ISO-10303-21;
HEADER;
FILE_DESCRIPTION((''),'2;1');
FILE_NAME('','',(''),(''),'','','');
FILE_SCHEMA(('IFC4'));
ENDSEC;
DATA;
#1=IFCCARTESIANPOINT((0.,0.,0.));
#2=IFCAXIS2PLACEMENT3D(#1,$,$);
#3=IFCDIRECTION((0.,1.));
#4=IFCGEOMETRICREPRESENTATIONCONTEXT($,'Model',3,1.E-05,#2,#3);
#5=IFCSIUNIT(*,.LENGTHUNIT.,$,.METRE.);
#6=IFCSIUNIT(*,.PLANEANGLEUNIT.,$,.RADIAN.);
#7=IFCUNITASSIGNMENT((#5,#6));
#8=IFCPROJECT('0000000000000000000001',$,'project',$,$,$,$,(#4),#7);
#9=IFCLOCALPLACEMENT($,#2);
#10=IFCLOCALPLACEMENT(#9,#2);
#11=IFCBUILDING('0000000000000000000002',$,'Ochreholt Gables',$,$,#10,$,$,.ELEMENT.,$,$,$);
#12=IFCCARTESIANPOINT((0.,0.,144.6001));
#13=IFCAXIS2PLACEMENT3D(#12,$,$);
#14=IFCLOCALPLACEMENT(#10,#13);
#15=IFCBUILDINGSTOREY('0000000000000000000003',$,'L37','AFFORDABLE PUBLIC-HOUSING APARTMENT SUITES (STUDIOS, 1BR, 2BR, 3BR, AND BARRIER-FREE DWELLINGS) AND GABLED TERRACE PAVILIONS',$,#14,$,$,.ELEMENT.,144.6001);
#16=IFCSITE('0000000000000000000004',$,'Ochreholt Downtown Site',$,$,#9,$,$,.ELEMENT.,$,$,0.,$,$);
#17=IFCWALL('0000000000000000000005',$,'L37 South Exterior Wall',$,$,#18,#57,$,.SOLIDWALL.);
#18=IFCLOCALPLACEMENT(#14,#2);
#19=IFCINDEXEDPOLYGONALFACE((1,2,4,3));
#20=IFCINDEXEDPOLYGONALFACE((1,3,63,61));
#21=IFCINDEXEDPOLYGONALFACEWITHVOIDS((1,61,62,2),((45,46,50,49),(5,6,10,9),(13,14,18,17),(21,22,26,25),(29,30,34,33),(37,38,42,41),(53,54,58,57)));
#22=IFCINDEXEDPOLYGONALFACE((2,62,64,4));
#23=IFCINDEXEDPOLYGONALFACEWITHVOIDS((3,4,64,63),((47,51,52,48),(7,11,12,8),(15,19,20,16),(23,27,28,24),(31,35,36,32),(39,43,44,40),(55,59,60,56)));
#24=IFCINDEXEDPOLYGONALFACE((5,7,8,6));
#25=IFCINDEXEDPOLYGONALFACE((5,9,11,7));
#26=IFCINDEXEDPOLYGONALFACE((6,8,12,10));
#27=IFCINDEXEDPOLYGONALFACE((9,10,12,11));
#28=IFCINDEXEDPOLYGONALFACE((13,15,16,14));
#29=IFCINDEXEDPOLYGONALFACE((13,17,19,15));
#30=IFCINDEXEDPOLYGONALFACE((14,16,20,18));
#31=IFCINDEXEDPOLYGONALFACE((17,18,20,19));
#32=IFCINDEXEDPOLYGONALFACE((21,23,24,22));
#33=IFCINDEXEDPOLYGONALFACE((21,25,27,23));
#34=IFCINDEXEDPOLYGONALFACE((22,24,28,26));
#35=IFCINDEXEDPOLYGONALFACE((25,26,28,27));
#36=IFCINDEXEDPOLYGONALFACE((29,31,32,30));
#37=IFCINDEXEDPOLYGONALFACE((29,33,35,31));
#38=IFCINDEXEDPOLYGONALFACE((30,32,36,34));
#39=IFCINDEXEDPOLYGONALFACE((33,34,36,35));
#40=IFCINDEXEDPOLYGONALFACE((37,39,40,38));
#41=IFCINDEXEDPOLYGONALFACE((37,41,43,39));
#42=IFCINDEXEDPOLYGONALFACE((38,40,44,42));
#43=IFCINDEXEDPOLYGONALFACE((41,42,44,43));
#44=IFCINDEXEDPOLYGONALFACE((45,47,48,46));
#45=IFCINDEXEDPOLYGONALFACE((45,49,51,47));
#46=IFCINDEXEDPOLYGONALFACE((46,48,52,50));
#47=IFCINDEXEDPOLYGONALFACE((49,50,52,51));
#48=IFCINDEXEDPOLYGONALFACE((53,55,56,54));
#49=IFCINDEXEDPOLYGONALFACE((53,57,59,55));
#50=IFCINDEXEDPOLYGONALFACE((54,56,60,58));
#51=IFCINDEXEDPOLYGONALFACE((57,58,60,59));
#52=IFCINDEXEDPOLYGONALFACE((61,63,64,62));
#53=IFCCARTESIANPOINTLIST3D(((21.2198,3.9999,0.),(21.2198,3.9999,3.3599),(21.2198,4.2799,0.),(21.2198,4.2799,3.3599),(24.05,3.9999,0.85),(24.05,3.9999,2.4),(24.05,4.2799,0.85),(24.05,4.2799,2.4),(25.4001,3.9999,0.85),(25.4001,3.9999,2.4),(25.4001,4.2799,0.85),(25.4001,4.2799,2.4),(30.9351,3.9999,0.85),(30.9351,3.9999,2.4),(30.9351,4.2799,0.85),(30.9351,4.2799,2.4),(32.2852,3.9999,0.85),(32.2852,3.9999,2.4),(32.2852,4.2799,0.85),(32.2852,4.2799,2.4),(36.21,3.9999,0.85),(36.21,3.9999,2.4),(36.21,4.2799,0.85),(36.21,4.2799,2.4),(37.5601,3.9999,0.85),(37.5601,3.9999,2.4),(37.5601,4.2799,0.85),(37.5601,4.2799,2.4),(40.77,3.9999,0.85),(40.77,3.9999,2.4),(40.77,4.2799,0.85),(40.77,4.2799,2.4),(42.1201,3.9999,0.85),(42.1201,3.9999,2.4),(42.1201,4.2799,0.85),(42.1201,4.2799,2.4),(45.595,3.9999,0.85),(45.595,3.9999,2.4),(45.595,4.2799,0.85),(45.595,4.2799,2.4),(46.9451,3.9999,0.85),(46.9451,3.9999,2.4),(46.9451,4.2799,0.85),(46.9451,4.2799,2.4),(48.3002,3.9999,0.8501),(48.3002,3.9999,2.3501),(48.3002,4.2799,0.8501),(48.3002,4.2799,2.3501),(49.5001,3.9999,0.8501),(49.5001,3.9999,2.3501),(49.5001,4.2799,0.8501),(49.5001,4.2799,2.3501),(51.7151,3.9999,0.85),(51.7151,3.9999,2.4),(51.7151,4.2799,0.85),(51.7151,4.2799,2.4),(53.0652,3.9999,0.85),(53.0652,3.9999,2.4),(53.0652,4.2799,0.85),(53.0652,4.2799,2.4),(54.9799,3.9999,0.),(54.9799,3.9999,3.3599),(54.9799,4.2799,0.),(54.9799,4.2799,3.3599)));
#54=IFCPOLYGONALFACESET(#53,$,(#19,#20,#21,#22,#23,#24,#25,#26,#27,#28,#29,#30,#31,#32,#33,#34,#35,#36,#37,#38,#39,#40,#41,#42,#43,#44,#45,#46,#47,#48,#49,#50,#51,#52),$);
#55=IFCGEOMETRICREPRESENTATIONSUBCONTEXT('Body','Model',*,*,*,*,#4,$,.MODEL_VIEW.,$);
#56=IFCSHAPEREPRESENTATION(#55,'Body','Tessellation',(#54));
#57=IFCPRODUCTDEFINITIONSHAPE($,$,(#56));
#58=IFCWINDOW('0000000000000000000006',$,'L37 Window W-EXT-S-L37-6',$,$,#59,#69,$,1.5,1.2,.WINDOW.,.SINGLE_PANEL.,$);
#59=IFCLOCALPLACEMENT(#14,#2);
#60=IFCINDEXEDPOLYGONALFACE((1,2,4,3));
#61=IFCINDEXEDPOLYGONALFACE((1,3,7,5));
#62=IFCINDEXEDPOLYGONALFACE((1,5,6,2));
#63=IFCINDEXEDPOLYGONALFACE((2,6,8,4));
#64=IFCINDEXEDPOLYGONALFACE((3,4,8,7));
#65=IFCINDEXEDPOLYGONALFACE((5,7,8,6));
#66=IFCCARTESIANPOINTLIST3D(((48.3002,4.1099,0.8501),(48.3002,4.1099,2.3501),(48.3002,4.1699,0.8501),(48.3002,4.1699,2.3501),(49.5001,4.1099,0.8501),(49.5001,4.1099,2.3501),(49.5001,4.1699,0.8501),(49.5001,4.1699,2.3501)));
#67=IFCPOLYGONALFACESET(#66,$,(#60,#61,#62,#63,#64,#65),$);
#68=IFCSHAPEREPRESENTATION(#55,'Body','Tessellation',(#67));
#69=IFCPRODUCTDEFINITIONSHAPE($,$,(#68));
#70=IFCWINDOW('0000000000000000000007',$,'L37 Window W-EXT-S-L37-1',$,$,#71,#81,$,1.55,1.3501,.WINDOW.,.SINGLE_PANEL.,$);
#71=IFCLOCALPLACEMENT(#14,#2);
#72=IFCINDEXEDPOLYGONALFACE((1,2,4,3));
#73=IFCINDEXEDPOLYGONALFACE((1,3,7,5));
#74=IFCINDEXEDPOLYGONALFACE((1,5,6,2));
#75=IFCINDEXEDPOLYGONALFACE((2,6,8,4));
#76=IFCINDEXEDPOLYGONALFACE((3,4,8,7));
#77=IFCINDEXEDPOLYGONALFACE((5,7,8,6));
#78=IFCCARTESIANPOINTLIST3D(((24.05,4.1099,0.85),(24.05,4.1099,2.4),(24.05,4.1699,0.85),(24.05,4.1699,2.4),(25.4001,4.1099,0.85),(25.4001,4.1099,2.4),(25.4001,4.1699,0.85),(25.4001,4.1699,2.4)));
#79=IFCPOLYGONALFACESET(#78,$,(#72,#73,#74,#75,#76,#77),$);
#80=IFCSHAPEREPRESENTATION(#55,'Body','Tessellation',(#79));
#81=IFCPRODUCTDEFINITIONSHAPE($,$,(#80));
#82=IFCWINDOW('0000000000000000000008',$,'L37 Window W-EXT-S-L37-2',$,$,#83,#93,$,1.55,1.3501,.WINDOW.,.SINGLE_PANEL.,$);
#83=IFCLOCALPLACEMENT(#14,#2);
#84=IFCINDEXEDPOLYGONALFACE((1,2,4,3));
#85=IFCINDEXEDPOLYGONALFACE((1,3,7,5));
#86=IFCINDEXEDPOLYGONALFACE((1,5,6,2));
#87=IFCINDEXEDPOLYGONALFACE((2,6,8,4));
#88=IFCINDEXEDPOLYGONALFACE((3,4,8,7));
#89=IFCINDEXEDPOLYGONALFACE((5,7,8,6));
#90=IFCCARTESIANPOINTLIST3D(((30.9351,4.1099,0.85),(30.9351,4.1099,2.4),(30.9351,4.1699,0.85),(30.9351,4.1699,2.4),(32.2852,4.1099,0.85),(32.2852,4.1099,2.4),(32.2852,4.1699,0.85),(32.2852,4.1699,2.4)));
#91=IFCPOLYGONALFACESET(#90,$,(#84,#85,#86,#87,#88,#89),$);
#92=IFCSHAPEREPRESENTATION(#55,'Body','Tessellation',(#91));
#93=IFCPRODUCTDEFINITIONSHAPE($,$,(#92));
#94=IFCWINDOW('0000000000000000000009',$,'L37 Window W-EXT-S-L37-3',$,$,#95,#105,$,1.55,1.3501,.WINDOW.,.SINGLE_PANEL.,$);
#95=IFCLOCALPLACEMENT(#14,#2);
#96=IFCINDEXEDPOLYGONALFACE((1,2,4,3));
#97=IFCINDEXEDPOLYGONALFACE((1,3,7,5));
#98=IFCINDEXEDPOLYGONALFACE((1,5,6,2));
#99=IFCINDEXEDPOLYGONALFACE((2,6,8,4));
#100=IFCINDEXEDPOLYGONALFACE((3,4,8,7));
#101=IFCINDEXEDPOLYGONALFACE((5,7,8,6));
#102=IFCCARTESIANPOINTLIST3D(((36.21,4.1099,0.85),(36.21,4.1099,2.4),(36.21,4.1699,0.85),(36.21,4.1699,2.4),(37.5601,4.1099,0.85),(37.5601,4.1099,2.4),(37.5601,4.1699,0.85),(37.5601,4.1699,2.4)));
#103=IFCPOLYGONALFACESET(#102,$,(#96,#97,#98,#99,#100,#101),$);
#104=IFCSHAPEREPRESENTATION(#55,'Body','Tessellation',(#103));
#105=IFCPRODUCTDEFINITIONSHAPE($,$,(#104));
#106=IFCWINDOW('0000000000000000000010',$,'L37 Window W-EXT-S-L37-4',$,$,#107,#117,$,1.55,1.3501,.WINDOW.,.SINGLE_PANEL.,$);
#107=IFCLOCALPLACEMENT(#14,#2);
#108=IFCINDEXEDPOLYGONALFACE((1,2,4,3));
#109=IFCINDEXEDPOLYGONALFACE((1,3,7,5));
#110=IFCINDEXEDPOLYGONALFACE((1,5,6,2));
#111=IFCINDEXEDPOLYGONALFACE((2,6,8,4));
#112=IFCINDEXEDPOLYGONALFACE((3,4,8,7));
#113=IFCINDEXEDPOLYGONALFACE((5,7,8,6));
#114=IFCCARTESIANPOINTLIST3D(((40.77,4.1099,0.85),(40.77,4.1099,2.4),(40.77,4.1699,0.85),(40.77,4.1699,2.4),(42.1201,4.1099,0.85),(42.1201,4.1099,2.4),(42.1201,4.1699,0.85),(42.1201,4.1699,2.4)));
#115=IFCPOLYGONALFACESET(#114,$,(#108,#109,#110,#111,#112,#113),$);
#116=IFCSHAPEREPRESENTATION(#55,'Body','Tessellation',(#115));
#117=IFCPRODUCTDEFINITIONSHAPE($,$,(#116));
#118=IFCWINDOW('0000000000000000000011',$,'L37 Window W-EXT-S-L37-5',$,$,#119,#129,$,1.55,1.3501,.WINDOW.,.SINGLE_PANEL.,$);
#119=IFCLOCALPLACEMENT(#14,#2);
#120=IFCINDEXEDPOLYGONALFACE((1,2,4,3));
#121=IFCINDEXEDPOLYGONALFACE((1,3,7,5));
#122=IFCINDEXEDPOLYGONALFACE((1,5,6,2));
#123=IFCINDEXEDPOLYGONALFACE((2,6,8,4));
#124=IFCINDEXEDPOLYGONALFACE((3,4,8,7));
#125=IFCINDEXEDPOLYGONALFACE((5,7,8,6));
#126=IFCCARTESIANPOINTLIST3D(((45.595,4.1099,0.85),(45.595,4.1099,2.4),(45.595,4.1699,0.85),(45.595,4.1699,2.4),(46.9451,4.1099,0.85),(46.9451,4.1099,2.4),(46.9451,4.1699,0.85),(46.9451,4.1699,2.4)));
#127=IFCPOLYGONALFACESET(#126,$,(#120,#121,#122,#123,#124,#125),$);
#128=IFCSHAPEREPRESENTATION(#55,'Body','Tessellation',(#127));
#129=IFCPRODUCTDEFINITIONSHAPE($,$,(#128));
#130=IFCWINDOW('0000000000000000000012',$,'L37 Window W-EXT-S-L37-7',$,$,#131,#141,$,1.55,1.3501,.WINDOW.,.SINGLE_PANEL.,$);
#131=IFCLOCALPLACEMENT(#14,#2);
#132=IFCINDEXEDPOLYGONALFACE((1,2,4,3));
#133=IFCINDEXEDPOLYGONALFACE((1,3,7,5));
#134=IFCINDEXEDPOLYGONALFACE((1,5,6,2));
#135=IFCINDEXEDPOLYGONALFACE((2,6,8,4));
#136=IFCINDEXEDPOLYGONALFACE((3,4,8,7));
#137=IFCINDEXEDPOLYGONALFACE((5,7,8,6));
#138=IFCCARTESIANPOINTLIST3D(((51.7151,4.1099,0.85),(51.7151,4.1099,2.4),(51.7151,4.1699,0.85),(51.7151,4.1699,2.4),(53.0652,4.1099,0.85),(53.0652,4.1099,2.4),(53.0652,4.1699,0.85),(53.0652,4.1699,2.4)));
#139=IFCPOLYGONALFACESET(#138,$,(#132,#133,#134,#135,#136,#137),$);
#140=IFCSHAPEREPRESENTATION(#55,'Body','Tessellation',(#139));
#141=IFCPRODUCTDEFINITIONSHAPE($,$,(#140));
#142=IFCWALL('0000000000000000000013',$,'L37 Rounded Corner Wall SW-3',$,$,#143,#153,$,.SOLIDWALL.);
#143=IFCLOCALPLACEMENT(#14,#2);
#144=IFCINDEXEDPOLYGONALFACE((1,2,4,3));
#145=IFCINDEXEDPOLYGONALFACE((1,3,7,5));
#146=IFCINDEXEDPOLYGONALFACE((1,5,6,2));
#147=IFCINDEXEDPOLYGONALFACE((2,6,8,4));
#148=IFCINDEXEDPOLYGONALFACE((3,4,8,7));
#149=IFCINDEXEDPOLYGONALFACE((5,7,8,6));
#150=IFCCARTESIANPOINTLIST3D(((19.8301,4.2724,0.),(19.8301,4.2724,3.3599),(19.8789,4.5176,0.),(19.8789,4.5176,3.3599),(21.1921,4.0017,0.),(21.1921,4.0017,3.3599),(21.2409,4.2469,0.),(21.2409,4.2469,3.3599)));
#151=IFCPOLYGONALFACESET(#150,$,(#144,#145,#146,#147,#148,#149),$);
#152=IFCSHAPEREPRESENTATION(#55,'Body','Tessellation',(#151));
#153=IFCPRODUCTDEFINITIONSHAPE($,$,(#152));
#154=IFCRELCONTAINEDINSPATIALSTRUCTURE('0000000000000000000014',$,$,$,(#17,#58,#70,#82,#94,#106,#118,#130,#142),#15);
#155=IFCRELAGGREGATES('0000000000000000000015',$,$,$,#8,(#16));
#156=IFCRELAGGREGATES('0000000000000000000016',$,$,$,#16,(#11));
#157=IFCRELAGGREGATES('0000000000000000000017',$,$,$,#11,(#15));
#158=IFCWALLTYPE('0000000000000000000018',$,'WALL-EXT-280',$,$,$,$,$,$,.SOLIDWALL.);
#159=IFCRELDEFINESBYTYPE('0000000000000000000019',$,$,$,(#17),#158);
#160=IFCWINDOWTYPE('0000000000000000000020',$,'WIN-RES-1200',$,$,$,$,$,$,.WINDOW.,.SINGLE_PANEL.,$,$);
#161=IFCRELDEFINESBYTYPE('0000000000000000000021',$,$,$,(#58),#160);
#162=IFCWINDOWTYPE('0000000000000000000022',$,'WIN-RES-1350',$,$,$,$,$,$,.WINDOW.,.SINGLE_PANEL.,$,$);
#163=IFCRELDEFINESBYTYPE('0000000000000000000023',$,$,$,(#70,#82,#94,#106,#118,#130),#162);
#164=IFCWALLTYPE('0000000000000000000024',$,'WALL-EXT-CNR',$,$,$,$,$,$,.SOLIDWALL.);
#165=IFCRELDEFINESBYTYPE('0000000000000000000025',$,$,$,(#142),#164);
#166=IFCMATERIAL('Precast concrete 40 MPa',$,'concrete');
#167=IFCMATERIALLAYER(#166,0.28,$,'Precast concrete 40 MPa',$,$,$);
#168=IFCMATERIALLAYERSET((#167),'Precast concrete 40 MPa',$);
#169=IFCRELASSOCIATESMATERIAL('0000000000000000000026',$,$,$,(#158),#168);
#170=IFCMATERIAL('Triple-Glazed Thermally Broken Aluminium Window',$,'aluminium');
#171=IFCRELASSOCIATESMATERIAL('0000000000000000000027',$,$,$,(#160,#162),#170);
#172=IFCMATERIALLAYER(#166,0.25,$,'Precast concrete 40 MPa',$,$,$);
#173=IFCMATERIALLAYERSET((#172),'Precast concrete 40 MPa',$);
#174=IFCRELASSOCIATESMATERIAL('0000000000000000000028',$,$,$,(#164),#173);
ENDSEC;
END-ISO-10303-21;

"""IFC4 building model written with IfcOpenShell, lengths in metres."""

from ifc_helpers import new_model, si_unit, direction, frame, frame_2d, origin, place, context, subcontext, project, spatial, rectangle, extrude, material, layer, layer_set, type_object, element, fill, save


model = new_model("IFC4")

# Units and contexts
model_context = context("Model", 3, precision=1e-05, world=origin(), true_north=direction((0.0, 1.0)))
body_context = subcontext(model_context, "Body", "Model", "MODEL_VIEW")
ifc_project = project(units=[si_unit("LENGTHUNIT", "METRE"), si_unit("PLANEANGLEUNIT", "RADIAN")], contexts=[model_context])

# Site, building, storey
site_placement = place(None, origin())
site = spatial("IfcSite", under=ifc_project, at=site_placement, Name="Ochreholt Downtown Site", CompositionType="ELEMENT", RefElevation=0.0)
building_placement = place(site_placement, origin())
building = spatial("IfcBuilding", under=site, at=building_placement, Name="Ochreholt Gables", CompositionType="ELEMENT")
storey_placement = place(building_placement, frame((0.0, 0.0, 144.6001)))
storey = spatial("IfcBuildingStorey", under=building, at=storey_placement, Name="L37", Description="AFFORDABLE PUBLIC-HOUSING APARTMENT SUITES (STUDIOS, 1BR, 2BR, 3BR, AND BARRIER-FREE DWELLINGS) AND GABLED TERRACE PAVILIONS", CompositionType="ELEMENT", Elevation=144.6001)

# Wall, openings, windows
ifc_material_1 = material(Name="Precast concrete 40 MPa", Category="concrete")
ifc_layer_1 = layer(ifc_material_1, 0.28, Name="Precast concrete 40 MPa")
ifc_layer_set_1 = layer_set([ifc_layer_1], Name="Precast concrete 40 MPa")
wall_type_1 = type_object("IfcWallType", Name="WALL-EXT-280", PredefinedType="SOLIDWALL", material=ifc_layer_set_1)
wall_1_placement = place(storey_placement, frame((21.22, 4.1399, 0.0), z_axis=(0.0, 0.0, 1.0), x_axis=(1.0, 0.0, 0.0)))
wall_1 = element("IfcWall", 1, at=wall_1_placement, inside=storey, type_object=wall_type_1, Name="L37 South Exterior Wall", PredefinedType="SOLIDWALL", context=body_context, shape_type="SweptSolid", body=[
    extrude(rectangle(XDim=33.76, YDim=0.28, at=frame_2d((16.8799, 0.0))), origin(), (0.0, 0.0, 1.0), 3.3599),
])
opening_1_placement = place(wall_1_placement, frame((2.8301, 0.0, 0.8501)))
opening_1 = element("IfcOpeningElement", 2, at=opening_1_placement, cuts=wall_1, PredefinedType="OPENING", context=body_context, shape_type="SweptSolid", body=[
    extrude(rectangle(XDim=1.3501, YDim=1.55, at=frame_2d((0.675, 0.7749))), frame((0.0, 0.1499, 0.0), z_axis=(0.0, -1.0, 0.0), x_axis=(1.0, 0.0, 0.0)), (0.0, 0.0, 1.0), 0.3),
])
opening_2_placement = place(wall_1_placement, frame((9.7151, 0.0, 0.8501)))
opening_2 = element("IfcOpeningElement", 3, at=opening_2_placement, cuts=wall_1, PredefinedType="OPENING", context=body_context, shape_type="SweptSolid", body=[
    extrude(rectangle(XDim=1.3501, YDim=1.55, at=frame_2d((0.675, 0.7749))), frame((0.0, 0.1499, 0.0), z_axis=(0.0, -1.0, 0.0), x_axis=(1.0, 0.0, 0.0)), (0.0, 0.0, 1.0), 0.3),
])
opening_3_placement = place(wall_1_placement, frame((14.99, 0.0, 0.8501)))
opening_3 = element("IfcOpeningElement", 4, at=opening_3_placement, cuts=wall_1, PredefinedType="OPENING", context=body_context, shape_type="SweptSolid", body=[
    extrude(rectangle(XDim=1.3501, YDim=1.55, at=frame_2d((0.675, 0.7749))), frame((0.0, 0.1499, 0.0), z_axis=(0.0, -1.0, 0.0), x_axis=(1.0, 0.0, 0.0)), (0.0, 0.0, 1.0), 0.3),
])
opening_4_placement = place(wall_1_placement, frame((19.55, 0.0, 0.8501)))
opening_4 = element("IfcOpeningElement", 5, at=opening_4_placement, cuts=wall_1, PredefinedType="OPENING", context=body_context, shape_type="SweptSolid", body=[
    extrude(rectangle(XDim=1.3501, YDim=1.55, at=frame_2d((0.675, 0.7749))), frame((0.0, 0.1499, 0.0), z_axis=(0.0, -1.0, 0.0), x_axis=(1.0, 0.0, 0.0)), (0.0, 0.0, 1.0), 0.3),
])
opening_5_placement = place(wall_1_placement, frame((24.375, 0.0, 0.8501)))
opening_5 = element("IfcOpeningElement", 6, at=opening_5_placement, cuts=wall_1, PredefinedType="OPENING", context=body_context, shape_type="SweptSolid", body=[
    extrude(rectangle(XDim=1.3501, YDim=1.55, at=frame_2d((0.675, 0.7749))), frame((0.0, 0.1499, 0.0), z_axis=(0.0, -1.0, 0.0), x_axis=(1.0, 0.0, 0.0)), (0.0, 0.0, 1.0), 0.3),
])
opening_6_placement = place(wall_1_placement, frame((27.0801, 0.0, 0.8501)))
opening_6 = element("IfcOpeningElement", 7, at=opening_6_placement, cuts=wall_1, PredefinedType="OPENING", context=body_context, shape_type="SweptSolid", body=[
    extrude(rectangle(XDim=1.2, YDim=1.5, at=frame_2d((0.6001, 0.75))), frame((0.0, 0.1499, 0.0), z_axis=(0.0, -1.0, 0.0), x_axis=(1.0, 0.0, 0.0)), (0.0, 0.0, 1.0), 0.3),
])
opening_7_placement = place(wall_1_placement, frame((30.4951, 0.0, 0.8501)))
opening_7 = element("IfcOpeningElement", 8, at=opening_7_placement, cuts=wall_1, PredefinedType="OPENING", context=body_context, shape_type="SweptSolid", body=[
    extrude(rectangle(XDim=1.3501, YDim=1.55, at=frame_2d((0.675, 0.7749))), frame((0.0, 0.1499, 0.0), z_axis=(0.0, -1.0, 0.0), x_axis=(1.0, 0.0, 0.0)), (0.0, 0.0, 1.0), 0.3),
])
ifc_material_2 = material(Name="Triple-Glazed Thermally Broken Aluminium Window", Category="aluminium")
window_type_1 = type_object("IfcWindowType", Name="WIN-RES-1200", PartitioningType="SINGLE_PANEL", PredefinedType="WINDOW", material=ifc_material_2)
window_1_placement = place(opening_6_placement, origin())
window_1 = element("IfcWindow", 9, at=window_1_placement, inside=storey, type_object=window_type_1, Name="L37 Window W-EXT-S-L37-6", OverallHeight=1.5, OverallWidth=1.2, PartitioningType="SINGLE_PANEL", PredefinedType="WINDOW", context=body_context, shape_type="SweptSolid", body=[
    extrude(rectangle(XDim=1.2, YDim=1.5, at=frame_2d((0.6001, 0.75))), frame((0.0, 0.03, 0.0), z_axis=(0.0, -1.0, 0.0), x_axis=(1.0, 0.0, 0.0)), (0.0, 0.0, 1.0), 0.0601),
])
fill(opening_6, window_1)
window_type_2 = type_object("IfcWindowType", Name="WIN-RES-1350", PartitioningType="SINGLE_PANEL", PredefinedType="WINDOW", material=ifc_material_2)
window_2_placement = place(opening_1_placement, origin())
window_2 = element("IfcWindow", 10, at=window_2_placement, inside=storey, type_object=window_type_2, Name="L37 Window W-EXT-S-L37-1", OverallHeight=1.55, OverallWidth=1.3501, PartitioningType="SINGLE_PANEL", PredefinedType="WINDOW", context=body_context, shape_type="SweptSolid", body=[
    extrude(rectangle(XDim=1.3501, YDim=1.55, at=frame_2d((0.675, 0.7749))), frame((0.0, 0.03, 0.0), z_axis=(0.0, -1.0, 0.0), x_axis=(1.0, 0.0, 0.0)), (0.0, 0.0, 1.0), 0.0601),
])
fill(opening_1, window_2)
window_3_placement = place(opening_2_placement, origin())
window_3 = element("IfcWindow", 11, at=window_3_placement, inside=storey, type_object=window_type_2, Name="L37 Window W-EXT-S-L37-2", OverallHeight=1.55, OverallWidth=1.3501, PartitioningType="SINGLE_PANEL", PredefinedType="WINDOW", context=body_context, shape_type="SweptSolid", body=[
    extrude(rectangle(XDim=1.3501, YDim=1.55, at=frame_2d((0.675, 0.7749))), frame((0.0, 0.03, 0.0), z_axis=(0.0, -1.0, 0.0), x_axis=(1.0, 0.0, 0.0)), (0.0, 0.0, 1.0), 0.0601),
])
fill(opening_2, window_3)
window_4_placement = place(opening_3_placement, origin())
window_4 = element("IfcWindow", 12, at=window_4_placement, inside=storey, type_object=window_type_2, Name="L37 Window W-EXT-S-L37-3", OverallHeight=1.55, OverallWidth=1.3501, PartitioningType="SINGLE_PANEL", PredefinedType="WINDOW", context=body_context, shape_type="SweptSolid", body=[
    extrude(rectangle(XDim=1.3501, YDim=1.55, at=frame_2d((0.675, 0.7749))), frame((0.0, 0.03, 0.0), z_axis=(0.0, -1.0, 0.0), x_axis=(1.0, 0.0, 0.0)), (0.0, 0.0, 1.0), 0.0601),
])
fill(opening_3, window_4)
window_5_placement = place(opening_4_placement, origin())
window_5 = element("IfcWindow", 13, at=window_5_placement, inside=storey, type_object=window_type_2, Name="L37 Window W-EXT-S-L37-4", OverallHeight=1.55, OverallWidth=1.3501, PartitioningType="SINGLE_PANEL", PredefinedType="WINDOW", context=body_context, shape_type="SweptSolid", body=[
    extrude(rectangle(XDim=1.3501, YDim=1.55, at=frame_2d((0.675, 0.7749))), frame((0.0, 0.03, 0.0), z_axis=(0.0, -1.0, 0.0), x_axis=(1.0, 0.0, 0.0)), (0.0, 0.0, 1.0), 0.0601),
])
fill(opening_4, window_5)
window_6_placement = place(opening_5_placement, origin())
window_6 = element("IfcWindow", 14, at=window_6_placement, inside=storey, type_object=window_type_2, Name="L37 Window W-EXT-S-L37-5", OverallHeight=1.55, OverallWidth=1.3501, PartitioningType="SINGLE_PANEL", PredefinedType="WINDOW", context=body_context, shape_type="SweptSolid", body=[
    extrude(rectangle(XDim=1.3501, YDim=1.55, at=frame_2d((0.675, 0.7749))), frame((0.0, 0.03, 0.0), z_axis=(0.0, -1.0, 0.0), x_axis=(1.0, 0.0, 0.0)), (0.0, 0.0, 1.0), 0.0601),
])
fill(opening_5, window_6)
window_7_placement = place(opening_7_placement, origin())
window_7 = element("IfcWindow", 15, at=window_7_placement, inside=storey, type_object=window_type_2, Name="L37 Window W-EXT-S-L37-7", OverallHeight=1.55, OverallWidth=1.3501, PartitioningType="SINGLE_PANEL", PredefinedType="WINDOW", context=body_context, shape_type="SweptSolid", body=[
    extrude(rectangle(XDim=1.3501, YDim=1.55, at=frame_2d((0.675, 0.7749))), frame((0.0, 0.03, 0.0), z_axis=(0.0, -1.0, 0.0), x_axis=(1.0, 0.0, 0.0)), (0.0, 0.0, 1.0), 0.0601),
])
fill(opening_7, window_7)

# Wall
ifc_layer_2 = layer(ifc_material_1, 0.25, Name="Precast concrete 40 MPa")
ifc_layer_set_2 = layer_set([ifc_layer_2], Name="Precast concrete 40 MPa")
wall_type_2 = type_object("IfcWallType", Name="WALL-EXT-CNR", PredefinedType="SOLIDWALL", material=ifc_layer_set_2)
wall_2_placement = place(storey_placement, frame((19.8545, 4.395, 0.0), z_axis=(0.0, 0.0, 1.0), x_axis=(0.98081, -0.194967, 0.0)))
element("IfcWall", 16, at=wall_2_placement, inside=storey, type_object=wall_type_2, Name="L37 Rounded Corner Wall SW-3", PredefinedType="SOLIDWALL", context=body_context, shape_type="SweptSolid", body=[
    extrude(rectangle(XDim=1.3887, YDim=0.25, at=frame_2d((0.6943, 0.0))), origin(), (0.0, 0.0, 1.0), 3.3599),
])

save(model, "model.ifc")
